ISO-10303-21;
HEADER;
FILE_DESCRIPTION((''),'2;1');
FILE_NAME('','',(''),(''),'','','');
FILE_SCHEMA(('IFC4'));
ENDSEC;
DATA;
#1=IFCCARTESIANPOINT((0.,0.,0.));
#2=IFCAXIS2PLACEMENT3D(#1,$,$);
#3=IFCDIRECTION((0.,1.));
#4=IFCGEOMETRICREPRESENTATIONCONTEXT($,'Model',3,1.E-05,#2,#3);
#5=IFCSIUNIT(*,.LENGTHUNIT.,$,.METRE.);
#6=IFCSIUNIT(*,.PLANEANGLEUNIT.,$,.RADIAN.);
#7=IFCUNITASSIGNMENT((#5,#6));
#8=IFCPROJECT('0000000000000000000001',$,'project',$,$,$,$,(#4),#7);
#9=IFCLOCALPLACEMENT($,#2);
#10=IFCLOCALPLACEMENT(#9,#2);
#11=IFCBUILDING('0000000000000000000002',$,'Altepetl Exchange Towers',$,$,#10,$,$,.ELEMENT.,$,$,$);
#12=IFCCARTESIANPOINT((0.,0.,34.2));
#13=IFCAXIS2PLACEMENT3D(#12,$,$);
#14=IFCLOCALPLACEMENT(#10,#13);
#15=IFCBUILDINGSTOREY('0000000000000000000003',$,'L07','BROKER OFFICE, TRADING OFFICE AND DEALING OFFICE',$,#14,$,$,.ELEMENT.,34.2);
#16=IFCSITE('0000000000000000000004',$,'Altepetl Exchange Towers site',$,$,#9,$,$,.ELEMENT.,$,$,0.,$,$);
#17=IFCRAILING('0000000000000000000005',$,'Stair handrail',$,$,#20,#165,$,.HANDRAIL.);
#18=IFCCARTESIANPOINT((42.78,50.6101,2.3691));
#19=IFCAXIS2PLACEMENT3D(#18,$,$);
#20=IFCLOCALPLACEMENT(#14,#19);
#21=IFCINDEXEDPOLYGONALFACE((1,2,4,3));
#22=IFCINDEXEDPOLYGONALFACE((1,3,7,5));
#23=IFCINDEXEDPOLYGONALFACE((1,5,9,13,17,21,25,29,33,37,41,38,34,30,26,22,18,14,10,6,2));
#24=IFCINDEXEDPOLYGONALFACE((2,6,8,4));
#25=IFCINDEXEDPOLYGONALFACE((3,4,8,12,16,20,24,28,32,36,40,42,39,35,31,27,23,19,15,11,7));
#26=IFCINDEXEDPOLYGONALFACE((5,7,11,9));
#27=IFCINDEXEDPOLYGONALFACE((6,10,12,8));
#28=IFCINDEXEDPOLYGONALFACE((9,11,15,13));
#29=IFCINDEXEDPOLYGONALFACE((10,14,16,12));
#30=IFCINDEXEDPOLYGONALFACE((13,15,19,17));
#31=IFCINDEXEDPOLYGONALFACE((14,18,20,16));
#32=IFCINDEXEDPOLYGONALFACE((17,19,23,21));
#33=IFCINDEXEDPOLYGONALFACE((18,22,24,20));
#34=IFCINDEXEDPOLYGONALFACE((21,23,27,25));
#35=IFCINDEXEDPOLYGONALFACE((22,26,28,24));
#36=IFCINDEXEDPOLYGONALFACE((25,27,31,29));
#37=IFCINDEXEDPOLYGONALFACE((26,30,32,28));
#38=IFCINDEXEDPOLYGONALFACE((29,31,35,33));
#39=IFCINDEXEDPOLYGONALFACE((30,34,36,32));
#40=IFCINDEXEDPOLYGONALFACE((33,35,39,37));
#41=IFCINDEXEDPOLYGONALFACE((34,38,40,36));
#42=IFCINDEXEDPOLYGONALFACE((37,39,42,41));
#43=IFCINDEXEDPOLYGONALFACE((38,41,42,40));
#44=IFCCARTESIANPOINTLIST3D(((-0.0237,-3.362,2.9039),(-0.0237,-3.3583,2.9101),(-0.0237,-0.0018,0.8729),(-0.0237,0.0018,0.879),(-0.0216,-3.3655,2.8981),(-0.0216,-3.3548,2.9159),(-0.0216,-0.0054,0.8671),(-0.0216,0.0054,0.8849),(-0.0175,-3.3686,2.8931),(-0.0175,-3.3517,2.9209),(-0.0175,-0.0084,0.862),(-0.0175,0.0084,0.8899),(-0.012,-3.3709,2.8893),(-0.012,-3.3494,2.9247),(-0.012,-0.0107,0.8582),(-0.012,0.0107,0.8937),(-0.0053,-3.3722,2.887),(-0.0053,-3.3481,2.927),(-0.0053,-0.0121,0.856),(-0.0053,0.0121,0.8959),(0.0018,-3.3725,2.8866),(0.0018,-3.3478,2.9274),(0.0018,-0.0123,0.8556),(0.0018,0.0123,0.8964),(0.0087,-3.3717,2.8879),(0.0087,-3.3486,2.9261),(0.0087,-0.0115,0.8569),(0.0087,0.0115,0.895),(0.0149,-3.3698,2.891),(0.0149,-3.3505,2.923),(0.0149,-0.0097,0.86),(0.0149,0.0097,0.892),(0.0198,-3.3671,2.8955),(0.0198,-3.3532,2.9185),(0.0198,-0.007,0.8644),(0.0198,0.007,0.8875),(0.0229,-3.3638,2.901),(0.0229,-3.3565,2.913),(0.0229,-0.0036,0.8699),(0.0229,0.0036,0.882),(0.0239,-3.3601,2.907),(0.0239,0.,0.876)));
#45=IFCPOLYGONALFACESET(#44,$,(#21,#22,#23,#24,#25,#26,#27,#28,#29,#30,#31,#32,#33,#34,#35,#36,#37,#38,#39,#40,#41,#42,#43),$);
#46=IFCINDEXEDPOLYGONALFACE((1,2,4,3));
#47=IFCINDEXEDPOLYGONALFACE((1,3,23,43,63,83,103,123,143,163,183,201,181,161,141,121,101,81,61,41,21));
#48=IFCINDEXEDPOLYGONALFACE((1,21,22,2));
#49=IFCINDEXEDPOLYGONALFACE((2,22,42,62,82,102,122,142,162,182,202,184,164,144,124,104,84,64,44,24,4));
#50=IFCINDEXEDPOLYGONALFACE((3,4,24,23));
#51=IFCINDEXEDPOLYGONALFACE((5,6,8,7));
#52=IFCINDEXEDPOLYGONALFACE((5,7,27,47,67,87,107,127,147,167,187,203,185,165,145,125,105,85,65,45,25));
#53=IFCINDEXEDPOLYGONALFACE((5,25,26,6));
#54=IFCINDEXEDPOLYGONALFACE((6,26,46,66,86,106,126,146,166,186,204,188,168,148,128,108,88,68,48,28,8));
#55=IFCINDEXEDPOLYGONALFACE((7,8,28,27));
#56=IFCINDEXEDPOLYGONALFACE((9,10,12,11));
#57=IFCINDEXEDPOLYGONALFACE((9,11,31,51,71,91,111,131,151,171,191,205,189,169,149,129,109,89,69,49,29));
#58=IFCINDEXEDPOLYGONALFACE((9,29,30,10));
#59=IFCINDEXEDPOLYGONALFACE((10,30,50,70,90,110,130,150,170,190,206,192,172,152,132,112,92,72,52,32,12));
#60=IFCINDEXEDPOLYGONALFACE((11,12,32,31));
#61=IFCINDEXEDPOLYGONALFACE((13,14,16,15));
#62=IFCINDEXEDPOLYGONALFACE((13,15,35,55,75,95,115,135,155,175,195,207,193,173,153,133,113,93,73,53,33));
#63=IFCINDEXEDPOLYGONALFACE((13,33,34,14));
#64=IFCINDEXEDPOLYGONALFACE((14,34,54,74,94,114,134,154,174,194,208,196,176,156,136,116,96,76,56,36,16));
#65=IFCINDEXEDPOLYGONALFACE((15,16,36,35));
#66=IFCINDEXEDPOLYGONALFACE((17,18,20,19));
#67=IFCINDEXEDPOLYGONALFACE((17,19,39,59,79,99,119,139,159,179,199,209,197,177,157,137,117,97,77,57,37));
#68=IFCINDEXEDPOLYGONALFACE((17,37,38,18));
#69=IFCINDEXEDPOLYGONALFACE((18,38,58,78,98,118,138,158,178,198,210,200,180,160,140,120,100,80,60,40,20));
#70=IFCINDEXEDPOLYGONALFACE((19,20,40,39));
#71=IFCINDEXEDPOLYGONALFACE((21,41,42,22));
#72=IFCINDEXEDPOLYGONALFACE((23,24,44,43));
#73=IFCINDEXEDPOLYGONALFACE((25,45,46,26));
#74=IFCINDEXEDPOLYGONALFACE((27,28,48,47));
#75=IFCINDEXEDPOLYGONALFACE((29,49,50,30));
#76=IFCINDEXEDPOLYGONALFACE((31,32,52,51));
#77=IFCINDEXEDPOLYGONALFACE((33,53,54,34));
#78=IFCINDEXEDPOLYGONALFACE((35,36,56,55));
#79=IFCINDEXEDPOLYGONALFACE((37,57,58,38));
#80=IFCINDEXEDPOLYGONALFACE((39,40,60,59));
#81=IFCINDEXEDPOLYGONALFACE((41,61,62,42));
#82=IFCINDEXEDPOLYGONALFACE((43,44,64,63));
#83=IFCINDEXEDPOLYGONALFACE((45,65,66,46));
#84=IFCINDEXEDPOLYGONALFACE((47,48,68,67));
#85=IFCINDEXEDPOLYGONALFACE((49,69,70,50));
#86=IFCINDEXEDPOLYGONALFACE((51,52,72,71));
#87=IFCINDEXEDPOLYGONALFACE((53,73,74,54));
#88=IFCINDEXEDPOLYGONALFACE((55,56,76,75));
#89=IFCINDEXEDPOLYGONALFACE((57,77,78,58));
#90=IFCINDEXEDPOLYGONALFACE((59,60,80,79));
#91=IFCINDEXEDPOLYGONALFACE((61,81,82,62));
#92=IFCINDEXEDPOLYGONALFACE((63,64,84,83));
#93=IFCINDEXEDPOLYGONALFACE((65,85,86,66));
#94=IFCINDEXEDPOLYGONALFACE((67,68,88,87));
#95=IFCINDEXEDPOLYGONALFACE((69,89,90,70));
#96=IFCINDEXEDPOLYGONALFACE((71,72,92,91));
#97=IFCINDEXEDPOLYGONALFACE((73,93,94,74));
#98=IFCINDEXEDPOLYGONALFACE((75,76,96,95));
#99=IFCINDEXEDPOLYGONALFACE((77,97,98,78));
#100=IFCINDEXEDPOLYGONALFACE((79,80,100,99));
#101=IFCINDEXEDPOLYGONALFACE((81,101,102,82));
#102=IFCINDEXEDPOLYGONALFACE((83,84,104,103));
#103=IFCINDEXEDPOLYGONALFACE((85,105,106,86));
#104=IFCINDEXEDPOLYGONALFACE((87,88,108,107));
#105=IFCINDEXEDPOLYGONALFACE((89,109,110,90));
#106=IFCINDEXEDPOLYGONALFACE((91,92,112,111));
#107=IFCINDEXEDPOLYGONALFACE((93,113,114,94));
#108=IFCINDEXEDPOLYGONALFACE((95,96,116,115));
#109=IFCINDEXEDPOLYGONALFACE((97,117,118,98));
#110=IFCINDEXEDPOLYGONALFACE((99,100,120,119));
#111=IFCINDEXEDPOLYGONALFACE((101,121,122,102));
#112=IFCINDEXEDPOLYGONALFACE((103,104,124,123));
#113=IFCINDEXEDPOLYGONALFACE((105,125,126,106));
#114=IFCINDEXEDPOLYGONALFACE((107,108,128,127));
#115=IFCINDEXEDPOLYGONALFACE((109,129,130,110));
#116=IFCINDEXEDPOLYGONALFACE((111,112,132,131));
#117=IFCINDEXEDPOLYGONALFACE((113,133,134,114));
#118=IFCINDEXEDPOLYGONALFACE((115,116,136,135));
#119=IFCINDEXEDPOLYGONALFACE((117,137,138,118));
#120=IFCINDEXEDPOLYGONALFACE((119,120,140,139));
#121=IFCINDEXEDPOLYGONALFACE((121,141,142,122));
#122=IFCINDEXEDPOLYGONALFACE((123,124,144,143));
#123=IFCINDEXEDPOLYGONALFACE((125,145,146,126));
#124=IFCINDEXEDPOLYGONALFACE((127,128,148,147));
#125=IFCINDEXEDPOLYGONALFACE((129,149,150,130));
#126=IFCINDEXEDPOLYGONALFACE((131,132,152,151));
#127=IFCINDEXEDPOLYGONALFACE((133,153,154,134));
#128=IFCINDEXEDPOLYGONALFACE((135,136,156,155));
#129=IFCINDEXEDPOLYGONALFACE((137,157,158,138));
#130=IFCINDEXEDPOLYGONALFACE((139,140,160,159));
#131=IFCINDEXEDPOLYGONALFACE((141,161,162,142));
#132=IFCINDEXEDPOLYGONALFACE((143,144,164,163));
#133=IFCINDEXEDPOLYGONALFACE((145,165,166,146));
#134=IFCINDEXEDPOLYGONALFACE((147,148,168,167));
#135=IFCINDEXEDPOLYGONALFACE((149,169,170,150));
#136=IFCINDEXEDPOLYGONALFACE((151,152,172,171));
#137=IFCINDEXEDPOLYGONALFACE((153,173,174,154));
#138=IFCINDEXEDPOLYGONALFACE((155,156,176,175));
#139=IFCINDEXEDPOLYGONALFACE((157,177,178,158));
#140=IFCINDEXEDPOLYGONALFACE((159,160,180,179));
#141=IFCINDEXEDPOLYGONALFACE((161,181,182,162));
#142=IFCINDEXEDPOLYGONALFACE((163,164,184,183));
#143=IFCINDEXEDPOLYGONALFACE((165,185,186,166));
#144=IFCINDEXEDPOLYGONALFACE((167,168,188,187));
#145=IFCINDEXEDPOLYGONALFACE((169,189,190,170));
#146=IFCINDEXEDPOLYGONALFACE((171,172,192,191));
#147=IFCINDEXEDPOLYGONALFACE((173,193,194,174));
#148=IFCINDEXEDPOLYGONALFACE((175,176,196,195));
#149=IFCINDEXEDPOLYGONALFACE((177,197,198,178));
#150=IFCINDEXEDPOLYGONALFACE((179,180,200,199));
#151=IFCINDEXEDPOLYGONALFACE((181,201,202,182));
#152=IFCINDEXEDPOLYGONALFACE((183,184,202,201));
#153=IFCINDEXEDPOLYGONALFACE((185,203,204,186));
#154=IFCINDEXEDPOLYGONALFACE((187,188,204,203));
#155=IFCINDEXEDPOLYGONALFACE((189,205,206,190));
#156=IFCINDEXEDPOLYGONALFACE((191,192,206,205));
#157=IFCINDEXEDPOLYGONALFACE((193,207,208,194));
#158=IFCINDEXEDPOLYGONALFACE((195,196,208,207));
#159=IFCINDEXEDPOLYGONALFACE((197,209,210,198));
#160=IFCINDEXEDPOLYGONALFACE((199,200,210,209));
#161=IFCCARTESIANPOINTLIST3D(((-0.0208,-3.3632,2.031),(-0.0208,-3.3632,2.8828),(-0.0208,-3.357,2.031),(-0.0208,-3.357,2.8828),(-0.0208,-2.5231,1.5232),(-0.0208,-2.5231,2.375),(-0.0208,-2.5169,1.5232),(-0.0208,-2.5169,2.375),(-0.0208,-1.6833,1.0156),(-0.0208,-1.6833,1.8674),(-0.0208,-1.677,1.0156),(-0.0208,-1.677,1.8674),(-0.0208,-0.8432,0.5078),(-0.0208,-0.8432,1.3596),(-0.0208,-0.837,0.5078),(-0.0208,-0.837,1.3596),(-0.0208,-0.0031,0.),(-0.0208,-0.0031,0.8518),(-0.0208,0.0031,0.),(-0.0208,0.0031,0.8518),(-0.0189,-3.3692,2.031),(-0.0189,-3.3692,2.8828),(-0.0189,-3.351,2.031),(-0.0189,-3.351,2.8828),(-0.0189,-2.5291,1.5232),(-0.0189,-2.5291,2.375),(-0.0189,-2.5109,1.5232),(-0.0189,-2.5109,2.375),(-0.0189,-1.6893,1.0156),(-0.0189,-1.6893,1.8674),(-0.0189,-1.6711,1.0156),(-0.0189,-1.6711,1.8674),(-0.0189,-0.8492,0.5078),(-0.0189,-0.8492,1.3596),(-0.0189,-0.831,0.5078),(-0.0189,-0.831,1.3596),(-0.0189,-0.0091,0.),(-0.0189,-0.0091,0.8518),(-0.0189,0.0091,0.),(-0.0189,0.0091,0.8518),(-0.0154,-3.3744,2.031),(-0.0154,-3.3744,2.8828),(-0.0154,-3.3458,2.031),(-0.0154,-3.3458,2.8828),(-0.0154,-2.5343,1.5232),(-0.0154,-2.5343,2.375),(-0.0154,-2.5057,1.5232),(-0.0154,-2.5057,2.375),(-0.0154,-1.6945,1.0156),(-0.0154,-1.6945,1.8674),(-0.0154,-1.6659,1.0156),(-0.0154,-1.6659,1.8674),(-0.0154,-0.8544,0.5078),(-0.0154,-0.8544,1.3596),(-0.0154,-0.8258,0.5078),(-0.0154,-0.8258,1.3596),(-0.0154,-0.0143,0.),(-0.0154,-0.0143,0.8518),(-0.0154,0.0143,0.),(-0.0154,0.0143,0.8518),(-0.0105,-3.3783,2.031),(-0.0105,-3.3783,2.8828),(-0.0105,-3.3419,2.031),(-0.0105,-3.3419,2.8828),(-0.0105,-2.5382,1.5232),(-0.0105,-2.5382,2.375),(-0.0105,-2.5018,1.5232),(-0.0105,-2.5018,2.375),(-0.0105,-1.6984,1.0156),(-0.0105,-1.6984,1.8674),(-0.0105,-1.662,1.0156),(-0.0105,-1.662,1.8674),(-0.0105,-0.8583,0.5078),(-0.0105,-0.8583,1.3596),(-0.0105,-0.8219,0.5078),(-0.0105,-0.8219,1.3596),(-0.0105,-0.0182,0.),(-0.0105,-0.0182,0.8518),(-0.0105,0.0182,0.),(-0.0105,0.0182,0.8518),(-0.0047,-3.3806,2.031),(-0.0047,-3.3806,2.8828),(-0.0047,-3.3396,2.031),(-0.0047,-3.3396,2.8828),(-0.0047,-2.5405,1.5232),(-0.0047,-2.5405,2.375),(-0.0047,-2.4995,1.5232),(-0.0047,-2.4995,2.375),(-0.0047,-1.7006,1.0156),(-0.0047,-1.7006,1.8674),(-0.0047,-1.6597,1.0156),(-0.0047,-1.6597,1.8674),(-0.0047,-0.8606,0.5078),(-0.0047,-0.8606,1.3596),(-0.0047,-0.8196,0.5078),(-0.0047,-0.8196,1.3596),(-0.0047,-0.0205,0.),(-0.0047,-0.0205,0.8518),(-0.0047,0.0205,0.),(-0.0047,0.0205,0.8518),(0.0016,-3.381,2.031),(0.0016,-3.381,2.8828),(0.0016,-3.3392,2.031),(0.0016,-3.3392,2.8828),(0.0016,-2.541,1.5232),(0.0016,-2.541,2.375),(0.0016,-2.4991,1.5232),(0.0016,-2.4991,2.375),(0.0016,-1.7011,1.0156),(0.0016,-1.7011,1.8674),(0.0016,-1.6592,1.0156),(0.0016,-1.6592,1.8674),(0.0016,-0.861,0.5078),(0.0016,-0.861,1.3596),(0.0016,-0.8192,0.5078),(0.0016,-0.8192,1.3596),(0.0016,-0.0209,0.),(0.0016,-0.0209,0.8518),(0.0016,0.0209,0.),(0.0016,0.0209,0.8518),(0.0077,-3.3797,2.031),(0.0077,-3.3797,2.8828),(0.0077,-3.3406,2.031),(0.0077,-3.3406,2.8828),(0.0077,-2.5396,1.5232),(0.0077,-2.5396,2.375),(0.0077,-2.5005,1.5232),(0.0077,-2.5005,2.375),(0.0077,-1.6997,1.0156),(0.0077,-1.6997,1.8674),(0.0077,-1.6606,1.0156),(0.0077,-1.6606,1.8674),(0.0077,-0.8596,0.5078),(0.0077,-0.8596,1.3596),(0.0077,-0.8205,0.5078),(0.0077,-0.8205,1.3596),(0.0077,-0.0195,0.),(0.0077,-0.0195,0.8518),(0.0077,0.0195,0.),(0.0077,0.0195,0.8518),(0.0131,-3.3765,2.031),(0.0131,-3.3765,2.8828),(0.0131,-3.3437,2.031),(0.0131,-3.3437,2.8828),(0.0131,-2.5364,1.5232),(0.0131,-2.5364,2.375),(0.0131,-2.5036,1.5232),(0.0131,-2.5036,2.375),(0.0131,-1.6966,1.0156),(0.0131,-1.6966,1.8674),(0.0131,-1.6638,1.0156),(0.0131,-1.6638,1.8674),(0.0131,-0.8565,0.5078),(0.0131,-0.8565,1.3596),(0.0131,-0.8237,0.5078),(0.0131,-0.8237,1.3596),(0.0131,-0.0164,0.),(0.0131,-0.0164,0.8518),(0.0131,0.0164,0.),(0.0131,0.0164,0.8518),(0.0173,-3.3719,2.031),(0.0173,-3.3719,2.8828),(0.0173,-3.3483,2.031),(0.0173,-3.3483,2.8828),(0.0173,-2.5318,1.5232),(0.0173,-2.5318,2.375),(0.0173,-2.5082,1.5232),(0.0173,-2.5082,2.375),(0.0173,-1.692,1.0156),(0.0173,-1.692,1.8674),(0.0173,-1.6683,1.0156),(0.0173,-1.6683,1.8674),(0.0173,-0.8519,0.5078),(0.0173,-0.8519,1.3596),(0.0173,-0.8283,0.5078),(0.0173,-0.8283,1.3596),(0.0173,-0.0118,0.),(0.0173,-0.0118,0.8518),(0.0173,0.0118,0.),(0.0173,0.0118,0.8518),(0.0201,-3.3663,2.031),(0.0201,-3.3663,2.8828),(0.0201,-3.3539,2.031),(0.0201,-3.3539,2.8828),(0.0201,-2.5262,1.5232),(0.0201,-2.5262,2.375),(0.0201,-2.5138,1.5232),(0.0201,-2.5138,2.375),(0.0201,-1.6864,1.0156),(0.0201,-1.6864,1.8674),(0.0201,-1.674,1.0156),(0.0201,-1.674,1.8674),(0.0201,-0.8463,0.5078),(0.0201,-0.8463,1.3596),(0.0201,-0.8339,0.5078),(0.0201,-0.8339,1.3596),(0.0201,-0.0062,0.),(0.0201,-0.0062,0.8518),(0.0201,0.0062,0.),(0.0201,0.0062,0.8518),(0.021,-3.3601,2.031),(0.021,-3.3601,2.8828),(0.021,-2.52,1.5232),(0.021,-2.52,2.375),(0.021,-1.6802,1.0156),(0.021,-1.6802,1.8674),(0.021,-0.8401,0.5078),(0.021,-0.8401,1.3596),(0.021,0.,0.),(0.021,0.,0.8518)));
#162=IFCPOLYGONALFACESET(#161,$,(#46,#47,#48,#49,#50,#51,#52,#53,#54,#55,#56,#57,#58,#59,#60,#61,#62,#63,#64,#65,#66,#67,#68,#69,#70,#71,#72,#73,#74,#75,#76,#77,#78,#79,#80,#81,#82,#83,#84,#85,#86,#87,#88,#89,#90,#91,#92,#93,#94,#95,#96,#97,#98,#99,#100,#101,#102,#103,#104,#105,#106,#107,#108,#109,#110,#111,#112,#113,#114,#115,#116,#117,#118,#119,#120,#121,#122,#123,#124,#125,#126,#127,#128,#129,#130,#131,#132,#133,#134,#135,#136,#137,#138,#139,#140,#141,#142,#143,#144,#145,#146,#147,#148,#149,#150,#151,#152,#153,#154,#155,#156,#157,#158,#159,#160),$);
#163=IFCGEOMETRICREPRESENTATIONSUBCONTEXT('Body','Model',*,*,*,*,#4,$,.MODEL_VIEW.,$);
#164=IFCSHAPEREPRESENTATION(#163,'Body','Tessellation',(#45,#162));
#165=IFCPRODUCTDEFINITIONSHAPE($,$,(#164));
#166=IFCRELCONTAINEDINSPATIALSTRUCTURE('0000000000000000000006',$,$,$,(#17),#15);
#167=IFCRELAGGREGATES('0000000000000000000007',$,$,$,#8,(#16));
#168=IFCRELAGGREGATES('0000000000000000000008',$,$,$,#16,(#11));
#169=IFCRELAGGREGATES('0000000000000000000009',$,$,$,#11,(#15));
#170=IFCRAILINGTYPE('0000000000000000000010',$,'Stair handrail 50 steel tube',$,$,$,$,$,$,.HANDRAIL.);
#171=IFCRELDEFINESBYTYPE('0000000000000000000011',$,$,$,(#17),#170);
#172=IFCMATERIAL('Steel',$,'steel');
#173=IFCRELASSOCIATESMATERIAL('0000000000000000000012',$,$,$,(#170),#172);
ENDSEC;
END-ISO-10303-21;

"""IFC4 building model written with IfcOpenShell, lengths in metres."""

from ifc_helpers import new_model, si_unit, direction, frame, origin, origin_2d, place, context, subcontext, project, spatial, circle, extrude, source, transform, mapped, material, type_object, element, save


model = new_model("IFC4")

# Units and contexts
model_context = context("Model", 3, precision=1e-05, world=origin(), true_north=direction((0.0, 1.0)))
body_context = subcontext(model_context, "Body", "Model", "MODEL_VIEW")
ifc_project = project(units=[si_unit("LENGTHUNIT", "METRE"), si_unit("PLANEANGLEUNIT", "RADIAN")], contexts=[model_context])

# Site, building, storey
site_placement = place(None, origin())
site = spatial("IfcSite", under=ifc_project, at=site_placement, Name="Altepetl Exchange Towers site", CompositionType="ELEMENT", RefElevation=0.0)
building_placement = place(site_placement, origin())
building = spatial("IfcBuilding", under=site, at=building_placement, Name="Altepetl Exchange Towers", CompositionType="ELEMENT")
storey_placement = place(building_placement, frame((0.0, 0.0, 34.2)))
storey = spatial("IfcBuildingStorey", under=building, at=storey_placement, Name="L07", Description="BROKER OFFICE, TRADING OFFICE AND DEALING OFFICE", CompositionType="ELEMENT", Elevation=34.2)

# Railing
ifc_material_1 = material(Name="Steel", Category="steel")
railing_type = type_object("IfcRailingType", Name="Stair handrail 50 steel tube", PredefinedType="HANDRAIL", material=ifc_material_1)
shared_shape = source(origin(), body_context, "Body", "SweptSolid", [
    extrude(circle(Radius=0.021, at=origin_2d()), origin(), (0.0, 0.0, 1.0), 0.8518),
])
railing_1_placement = place(storey_placement, frame((42.78, 50.6101, 2.3691)))
element("IfcRailing", 1, at=railing_1_placement, inside=storey, type_object=railing_type, Name="Stair handrail", PredefinedType="HANDRAIL", context=body_context, shape_type="SweptSolid", body=[
    extrude(circle(Radius=0.0239, at=origin_2d()), frame((0.0, 0.0, 0.876), z_axis=(0.0, -0.855809, 0.517291), x_axis=(1.0, 0.0, 0.0)), (0.0, 0.0, 1.0), 3.9263),
    mapped(shared_shape, transform((0.0, 0.0, 0.0))),
    mapped(shared_shape, transform((0.0, -0.8401, 0.5078))),
    mapped(shared_shape, transform((0.0, -1.6802, 1.0156))),
    mapped(shared_shape, transform((0.0, -2.52, 1.5232))),
    mapped(shared_shape, transform((0.0, -3.3601, 2.031))),
])

save(model, "model.ifc")
